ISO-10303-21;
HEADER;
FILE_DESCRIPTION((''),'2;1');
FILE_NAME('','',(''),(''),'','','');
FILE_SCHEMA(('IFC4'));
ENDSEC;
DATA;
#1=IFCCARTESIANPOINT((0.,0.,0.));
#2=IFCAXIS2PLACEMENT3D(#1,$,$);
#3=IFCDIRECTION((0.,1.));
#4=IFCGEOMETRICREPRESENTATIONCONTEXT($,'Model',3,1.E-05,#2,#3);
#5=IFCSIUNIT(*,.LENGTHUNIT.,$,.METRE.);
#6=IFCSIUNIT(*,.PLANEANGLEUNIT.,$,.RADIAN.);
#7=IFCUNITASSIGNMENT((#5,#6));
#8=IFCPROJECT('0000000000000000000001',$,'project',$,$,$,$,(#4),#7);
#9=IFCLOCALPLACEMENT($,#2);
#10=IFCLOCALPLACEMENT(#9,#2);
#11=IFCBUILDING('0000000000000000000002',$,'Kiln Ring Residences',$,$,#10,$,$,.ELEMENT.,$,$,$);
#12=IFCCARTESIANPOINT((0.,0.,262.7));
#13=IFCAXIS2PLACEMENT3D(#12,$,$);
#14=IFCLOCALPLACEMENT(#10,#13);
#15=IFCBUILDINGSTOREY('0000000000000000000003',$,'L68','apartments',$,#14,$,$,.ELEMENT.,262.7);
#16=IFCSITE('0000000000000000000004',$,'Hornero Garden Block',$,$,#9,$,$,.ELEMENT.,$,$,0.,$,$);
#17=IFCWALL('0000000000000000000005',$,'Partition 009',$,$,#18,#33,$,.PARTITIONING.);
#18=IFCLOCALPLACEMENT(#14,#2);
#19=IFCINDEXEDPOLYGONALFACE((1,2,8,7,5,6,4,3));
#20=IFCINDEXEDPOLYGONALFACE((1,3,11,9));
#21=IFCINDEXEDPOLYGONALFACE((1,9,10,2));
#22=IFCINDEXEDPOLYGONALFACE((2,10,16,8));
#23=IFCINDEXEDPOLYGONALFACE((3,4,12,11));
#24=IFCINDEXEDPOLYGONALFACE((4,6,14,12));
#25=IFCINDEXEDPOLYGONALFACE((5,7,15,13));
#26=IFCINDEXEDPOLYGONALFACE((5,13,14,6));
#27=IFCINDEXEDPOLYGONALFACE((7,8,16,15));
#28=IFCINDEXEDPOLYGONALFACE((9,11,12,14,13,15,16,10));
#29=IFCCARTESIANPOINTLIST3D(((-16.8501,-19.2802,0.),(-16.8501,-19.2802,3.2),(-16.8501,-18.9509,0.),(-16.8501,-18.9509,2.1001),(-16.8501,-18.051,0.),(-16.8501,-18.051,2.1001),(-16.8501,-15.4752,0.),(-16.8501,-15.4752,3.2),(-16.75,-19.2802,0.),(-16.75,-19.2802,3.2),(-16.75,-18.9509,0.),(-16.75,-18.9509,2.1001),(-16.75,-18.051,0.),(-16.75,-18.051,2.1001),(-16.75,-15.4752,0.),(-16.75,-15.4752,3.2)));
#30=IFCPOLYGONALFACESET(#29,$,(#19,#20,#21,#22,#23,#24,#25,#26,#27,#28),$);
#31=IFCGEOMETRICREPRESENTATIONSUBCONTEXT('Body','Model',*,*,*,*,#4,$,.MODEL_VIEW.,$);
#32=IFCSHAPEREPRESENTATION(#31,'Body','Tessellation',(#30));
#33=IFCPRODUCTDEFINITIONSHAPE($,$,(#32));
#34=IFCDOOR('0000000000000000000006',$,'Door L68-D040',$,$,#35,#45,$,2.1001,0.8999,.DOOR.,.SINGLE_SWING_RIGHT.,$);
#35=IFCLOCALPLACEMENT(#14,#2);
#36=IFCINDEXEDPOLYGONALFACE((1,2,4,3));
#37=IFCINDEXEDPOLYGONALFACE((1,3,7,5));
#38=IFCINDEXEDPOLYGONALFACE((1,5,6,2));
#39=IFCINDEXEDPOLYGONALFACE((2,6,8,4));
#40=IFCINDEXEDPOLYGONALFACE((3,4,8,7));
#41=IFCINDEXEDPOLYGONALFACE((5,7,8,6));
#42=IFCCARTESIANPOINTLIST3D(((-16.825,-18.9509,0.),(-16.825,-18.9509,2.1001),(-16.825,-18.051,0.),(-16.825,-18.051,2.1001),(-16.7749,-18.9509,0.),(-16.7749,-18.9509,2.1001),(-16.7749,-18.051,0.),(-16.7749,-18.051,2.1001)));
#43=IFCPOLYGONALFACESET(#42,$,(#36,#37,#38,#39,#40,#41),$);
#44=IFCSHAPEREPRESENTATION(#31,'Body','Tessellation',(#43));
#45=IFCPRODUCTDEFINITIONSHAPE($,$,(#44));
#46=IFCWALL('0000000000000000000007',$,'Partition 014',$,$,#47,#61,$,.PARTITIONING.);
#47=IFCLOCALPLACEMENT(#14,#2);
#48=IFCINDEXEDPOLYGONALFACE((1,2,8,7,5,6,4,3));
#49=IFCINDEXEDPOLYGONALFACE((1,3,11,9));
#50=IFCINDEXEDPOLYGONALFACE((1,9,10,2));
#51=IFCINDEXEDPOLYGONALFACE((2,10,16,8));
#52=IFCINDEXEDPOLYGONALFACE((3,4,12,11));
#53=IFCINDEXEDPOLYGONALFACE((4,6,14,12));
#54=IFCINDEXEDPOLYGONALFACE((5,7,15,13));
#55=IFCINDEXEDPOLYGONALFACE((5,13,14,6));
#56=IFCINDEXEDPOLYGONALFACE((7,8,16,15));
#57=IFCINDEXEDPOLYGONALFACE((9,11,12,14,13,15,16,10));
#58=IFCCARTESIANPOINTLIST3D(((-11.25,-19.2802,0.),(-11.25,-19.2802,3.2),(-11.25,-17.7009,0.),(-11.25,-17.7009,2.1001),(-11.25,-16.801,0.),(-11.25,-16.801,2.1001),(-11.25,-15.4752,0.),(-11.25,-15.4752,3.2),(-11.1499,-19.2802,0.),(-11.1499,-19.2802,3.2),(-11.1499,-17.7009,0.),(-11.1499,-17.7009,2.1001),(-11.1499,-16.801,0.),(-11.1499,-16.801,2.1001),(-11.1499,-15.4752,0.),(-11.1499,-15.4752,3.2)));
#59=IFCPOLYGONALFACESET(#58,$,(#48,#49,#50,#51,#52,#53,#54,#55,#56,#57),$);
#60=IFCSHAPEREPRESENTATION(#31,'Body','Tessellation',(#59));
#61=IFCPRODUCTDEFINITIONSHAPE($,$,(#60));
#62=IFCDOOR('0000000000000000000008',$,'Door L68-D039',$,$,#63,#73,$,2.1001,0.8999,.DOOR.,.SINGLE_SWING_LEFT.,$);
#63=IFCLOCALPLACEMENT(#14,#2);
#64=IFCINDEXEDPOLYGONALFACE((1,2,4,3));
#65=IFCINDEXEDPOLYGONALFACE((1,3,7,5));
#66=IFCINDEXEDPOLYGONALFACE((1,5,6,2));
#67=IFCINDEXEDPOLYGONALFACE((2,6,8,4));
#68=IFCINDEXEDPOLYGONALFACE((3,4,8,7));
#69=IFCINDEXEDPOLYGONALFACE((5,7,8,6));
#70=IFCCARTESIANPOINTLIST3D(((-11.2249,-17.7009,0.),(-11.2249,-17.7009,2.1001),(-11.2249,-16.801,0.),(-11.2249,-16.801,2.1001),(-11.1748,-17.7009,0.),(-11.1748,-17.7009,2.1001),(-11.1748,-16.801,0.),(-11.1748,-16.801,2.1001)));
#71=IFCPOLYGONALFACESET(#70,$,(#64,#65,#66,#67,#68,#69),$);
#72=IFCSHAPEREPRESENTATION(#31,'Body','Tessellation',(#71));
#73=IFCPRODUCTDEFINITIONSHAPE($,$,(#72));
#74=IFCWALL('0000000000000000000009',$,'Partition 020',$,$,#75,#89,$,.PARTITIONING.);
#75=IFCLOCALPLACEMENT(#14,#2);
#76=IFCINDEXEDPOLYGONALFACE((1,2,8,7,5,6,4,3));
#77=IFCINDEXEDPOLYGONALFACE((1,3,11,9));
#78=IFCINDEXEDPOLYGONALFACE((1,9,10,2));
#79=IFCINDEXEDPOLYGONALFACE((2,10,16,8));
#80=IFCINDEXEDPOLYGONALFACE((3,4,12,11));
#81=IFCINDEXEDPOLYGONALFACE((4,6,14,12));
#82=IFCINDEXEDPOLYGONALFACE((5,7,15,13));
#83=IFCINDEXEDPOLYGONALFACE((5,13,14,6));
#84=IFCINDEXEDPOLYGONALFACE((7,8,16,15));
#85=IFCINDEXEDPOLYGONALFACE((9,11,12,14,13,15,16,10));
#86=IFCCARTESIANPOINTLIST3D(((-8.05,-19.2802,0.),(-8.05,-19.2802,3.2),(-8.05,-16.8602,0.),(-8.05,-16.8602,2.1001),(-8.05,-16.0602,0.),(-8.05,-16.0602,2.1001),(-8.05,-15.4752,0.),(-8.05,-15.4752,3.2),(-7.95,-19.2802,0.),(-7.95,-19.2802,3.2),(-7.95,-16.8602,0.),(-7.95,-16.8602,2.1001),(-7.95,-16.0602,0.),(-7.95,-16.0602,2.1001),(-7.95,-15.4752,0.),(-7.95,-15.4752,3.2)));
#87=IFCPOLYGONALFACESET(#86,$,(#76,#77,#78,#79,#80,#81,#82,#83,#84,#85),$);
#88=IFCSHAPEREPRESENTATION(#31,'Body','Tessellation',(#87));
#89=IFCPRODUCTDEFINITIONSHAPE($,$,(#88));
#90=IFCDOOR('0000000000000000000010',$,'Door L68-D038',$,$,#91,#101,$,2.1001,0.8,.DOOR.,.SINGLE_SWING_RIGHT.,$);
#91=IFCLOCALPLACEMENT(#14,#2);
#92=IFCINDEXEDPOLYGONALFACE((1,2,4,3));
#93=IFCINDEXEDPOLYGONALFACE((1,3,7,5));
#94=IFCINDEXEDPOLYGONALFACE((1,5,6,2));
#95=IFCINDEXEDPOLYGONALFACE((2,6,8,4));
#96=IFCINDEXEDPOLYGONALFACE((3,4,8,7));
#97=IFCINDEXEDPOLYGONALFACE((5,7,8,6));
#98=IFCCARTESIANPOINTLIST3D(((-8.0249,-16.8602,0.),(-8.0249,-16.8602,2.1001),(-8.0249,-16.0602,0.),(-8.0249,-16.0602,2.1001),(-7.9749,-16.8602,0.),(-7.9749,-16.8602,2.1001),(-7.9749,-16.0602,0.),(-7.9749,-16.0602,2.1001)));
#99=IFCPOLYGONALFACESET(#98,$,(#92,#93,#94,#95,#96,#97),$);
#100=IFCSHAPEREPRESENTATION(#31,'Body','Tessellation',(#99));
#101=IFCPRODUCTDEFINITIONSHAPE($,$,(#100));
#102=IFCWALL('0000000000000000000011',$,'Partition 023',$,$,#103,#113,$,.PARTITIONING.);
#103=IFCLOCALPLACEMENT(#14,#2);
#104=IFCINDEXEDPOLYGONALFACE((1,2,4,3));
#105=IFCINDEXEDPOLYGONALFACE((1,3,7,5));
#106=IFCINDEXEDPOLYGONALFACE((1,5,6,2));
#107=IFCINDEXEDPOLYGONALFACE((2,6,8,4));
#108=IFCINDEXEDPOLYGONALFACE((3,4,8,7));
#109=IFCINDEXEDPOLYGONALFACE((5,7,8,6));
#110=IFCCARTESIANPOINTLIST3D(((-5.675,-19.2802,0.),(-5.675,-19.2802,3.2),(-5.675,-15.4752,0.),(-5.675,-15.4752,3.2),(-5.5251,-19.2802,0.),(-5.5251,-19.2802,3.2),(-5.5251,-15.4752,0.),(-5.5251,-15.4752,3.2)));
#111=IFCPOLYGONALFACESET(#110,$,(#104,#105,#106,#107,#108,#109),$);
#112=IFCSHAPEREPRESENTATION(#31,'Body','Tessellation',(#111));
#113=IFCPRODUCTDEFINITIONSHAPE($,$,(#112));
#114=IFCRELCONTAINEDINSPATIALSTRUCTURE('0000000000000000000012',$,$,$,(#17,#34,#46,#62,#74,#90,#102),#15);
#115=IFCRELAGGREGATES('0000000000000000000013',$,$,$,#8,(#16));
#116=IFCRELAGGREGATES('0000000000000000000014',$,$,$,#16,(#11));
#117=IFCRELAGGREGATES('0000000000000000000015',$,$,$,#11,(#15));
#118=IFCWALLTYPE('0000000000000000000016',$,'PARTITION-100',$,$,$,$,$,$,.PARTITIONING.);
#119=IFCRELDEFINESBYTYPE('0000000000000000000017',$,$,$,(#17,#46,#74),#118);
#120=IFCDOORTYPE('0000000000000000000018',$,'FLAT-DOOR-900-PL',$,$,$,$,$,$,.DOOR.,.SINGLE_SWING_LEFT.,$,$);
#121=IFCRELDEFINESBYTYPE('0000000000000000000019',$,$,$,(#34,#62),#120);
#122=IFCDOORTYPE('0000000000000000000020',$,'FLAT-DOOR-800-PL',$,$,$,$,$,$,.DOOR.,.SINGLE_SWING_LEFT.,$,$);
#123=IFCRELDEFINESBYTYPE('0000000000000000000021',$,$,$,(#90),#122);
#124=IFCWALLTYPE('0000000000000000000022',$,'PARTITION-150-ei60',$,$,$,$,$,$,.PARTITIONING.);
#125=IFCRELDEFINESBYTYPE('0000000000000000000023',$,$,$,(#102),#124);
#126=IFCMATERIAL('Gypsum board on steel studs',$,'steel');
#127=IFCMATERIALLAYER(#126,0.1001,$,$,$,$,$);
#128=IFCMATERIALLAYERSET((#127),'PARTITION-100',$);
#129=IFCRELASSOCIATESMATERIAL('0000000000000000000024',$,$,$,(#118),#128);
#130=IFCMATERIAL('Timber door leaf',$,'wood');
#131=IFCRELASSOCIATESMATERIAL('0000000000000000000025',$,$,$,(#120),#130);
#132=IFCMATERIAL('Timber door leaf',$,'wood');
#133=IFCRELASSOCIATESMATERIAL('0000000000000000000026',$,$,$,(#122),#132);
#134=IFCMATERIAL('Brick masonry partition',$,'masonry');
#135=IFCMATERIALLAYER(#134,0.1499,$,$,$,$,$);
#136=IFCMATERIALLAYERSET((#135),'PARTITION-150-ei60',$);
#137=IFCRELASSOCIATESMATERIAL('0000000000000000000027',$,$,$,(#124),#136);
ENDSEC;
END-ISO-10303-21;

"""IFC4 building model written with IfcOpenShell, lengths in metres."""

from ifc_helpers import new_model, si_unit, direction, frame, frame_2d, origin, place, context, subcontext, project, spatial, rectangle, extrude, material, layer, layer_set, type_object, element, fill, save


model = new_model("IFC4")

# Units and contexts
model_context = context("Model", 3, precision=1e-05, world=origin(), true_north=direction((0.0, 1.0)))
body_context = subcontext(model_context, "Body", "Model", "MODEL_VIEW")
ifc_project = project(units=[si_unit("LENGTHUNIT", "METRE"), si_unit("PLANEANGLEUNIT", "RADIAN")], contexts=[model_context])

# Site, building, storey
site_placement = place(None, origin())
site = spatial("IfcSite", under=ifc_project, at=site_placement, Name="Hornero Garden Block", CompositionType="ELEMENT", RefElevation=0.0)
building_placement = place(site_placement, origin())
building = spatial("IfcBuilding", under=site, at=building_placement, Name="Kiln Ring Residences", CompositionType="ELEMENT")
storey_placement = place(building_placement, frame((0.0, 0.0, 262.7)))
storey = spatial("IfcBuildingStorey", under=building, at=storey_placement, Name="L68", Description="apartments", CompositionType="ELEMENT", Elevation=262.7)

# Walls, openings, doors
ifc_material_1 = material(Name="Gypsum board on steel studs", Category="steel")
ifc_layer_1 = layer(ifc_material_1, 0.1001)
ifc_layer_set_1 = layer_set([ifc_layer_1], Name="PARTITION-100")
wall_type_1 = type_object("IfcWallType", Name="PARTITION-100", PredefinedType="PARTITIONING", material=ifc_layer_set_1)
wall_1_placement = place(storey_placement, frame((-16.8, -19.28, 0.0), z_axis=(0.0, 0.0, 1.0), x_axis=(0.0, 1.0, 0.0)))
wall_1 = element("IfcWall", 1, at=wall_1_placement, inside=storey, type_object=wall_type_1, Name="Partition 009", PredefinedType="PARTITIONING", context=body_context, shape_type="SweptSolid", body=[
    extrude(rectangle(XDim=3.8049, YDim=0.1001, at=frame_2d((1.9023, 0.0))), origin(), (0.0, 0.0, 1.0), 3.2),
])
opening_1_placement = place(wall_1_placement, frame((0.3291, 0.0, 0.0)))
opening_1 = element("IfcOpeningElement", 2, at=opening_1_placement, cuts=wall_1, PredefinedType="OPENING", context=body_context, shape_type="SweptSolid", body=[
    extrude(rectangle(XDim=0.8999, YDim=2.1001, at=frame_2d((0.45, 1.05))), frame((0.0, 0.0601, 0.0), z_axis=(0.0, -1.0, 0.0), x_axis=(1.0, 0.0, 0.0)), (0.0, 0.0, 1.0), 0.1201),
])
ifc_material_2 = material(Name="Timber door leaf", Category="wood")
door_type_1 = type_object("IfcDoorType", Name="FLAT-DOOR-900-PL", OperationType="SINGLE_SWING_LEFT", PredefinedType="DOOR", material=ifc_material_2)
door_1_placement = place(opening_1_placement, origin())
door_1 = element("IfcDoor", 3, at=door_1_placement, inside=storey, type_object=door_type_1, Name="Door L68-D040", OperationType="SINGLE_SWING_RIGHT", OverallHeight=2.1001, OverallWidth=0.8999, PredefinedType="DOOR", context=body_context, shape_type="SweptSolid", body=[
    extrude(rectangle(XDim=0.8999, YDim=2.1001, at=frame_2d((0.45, 1.05))), frame((0.0, 0.0249, 0.0), z_axis=(0.0, -1.0, 0.0), x_axis=(1.0, 0.0, 0.0)), (0.0, 0.0, 1.0), 0.05),
])
fill(opening_1, door_1)
wall_2_placement = place(storey_placement, frame((-11.2, -19.28, 0.0), z_axis=(0.0, 0.0, 1.0), x_axis=(0.0, 1.0, 0.0)))
wall_2 = element("IfcWall", 4, at=wall_2_placement, inside=storey, type_object=wall_type_1, Name="Partition 014", PredefinedType="PARTITIONING", context=body_context, shape_type="SweptSolid", body=[
    extrude(rectangle(XDim=3.8049, YDim=0.1001, at=frame_2d((1.9023, 0.0))), origin(), (0.0, 0.0, 1.0), 3.2),
])
opening_2_placement = place(wall_2_placement, frame((1.5791, 0.0, 0.0)))
opening_2 = element("IfcOpeningElement", 5, at=opening_2_placement, cuts=wall_2, PredefinedType="OPENING", context=body_context, shape_type="SweptSolid", body=[
    extrude(rectangle(XDim=0.8999, YDim=2.1001, at=frame_2d((0.45, 1.05))), frame((0.0, 0.0601, 0.0), z_axis=(0.0, -1.0, 0.0), x_axis=(1.0, 0.0, 0.0)), (0.0, 0.0, 1.0), 0.1201),
])
door_2_placement = place(opening_2_placement, origin())
door_2 = element("IfcDoor", 6, at=door_2_placement, inside=storey, type_object=door_type_1, Name="Door L68-D039", OperationType="SINGLE_SWING_LEFT", OverallHeight=2.1001, OverallWidth=0.8999, PredefinedType="DOOR", context=body_context, shape_type="SweptSolid", body=[
    extrude(rectangle(XDim=0.8999, YDim=2.1001, at=frame_2d((0.45, 1.05))), frame((0.0, 0.0249, 0.0), z_axis=(0.0, -1.0, 0.0), x_axis=(1.0, 0.0, 0.0)), (0.0, 0.0, 1.0), 0.05),
])
fill(opening_2, door_2)
wall_3_placement = place(storey_placement, frame((-8.0, -19.28, 0.0), z_axis=(0.0, 0.0, 1.0), x_axis=(0.0, 1.0, 0.0)))
wall_3 = element("IfcWall", 7, at=wall_3_placement, inside=storey, type_object=wall_type_1, Name="Partition 020", PredefinedType="PARTITIONING", context=body_context, shape_type="SweptSolid", body=[
    extrude(rectangle(XDim=3.8049, YDim=0.1001, at=frame_2d((1.9023, 0.0))), origin(), (0.0, 0.0, 1.0), 3.2),
])
opening_3_placement = place(wall_3_placement, frame((2.4199, 0.0, 0.0)))
opening_3 = element("IfcOpeningElement", 8, at=opening_3_placement, cuts=wall_3, PredefinedType="OPENING", context=body_context, shape_type="SweptSolid", body=[
    extrude(rectangle(XDim=0.8, YDim=2.1001, at=frame_2d((0.3999, 1.05))), frame((0.0, 0.0601, 0.0), z_axis=(0.0, -1.0, 0.0), x_axis=(1.0, 0.0, 0.0)), (0.0, 0.0, 1.0), 0.1201),
])
ifc_material_3 = material(Name="Timber door leaf", Category="wood")
door_type_2 = type_object("IfcDoorType", Name="FLAT-DOOR-800-PL", OperationType="SINGLE_SWING_LEFT", PredefinedType="DOOR", material=ifc_material_3)
door_3_placement = place(opening_3_placement, origin())
door_3 = element("IfcDoor", 9, at=door_3_placement, inside=storey, type_object=door_type_2, Name="Door L68-D038", OperationType="SINGLE_SWING_RIGHT", OverallHeight=2.1001, OverallWidth=0.8, PredefinedType="DOOR", context=body_context, shape_type="SweptSolid", body=[
    extrude(rectangle(XDim=0.8, YDim=2.1001, at=frame_2d((0.3999, 1.05))), frame((0.0, 0.0249, 0.0), z_axis=(0.0, -1.0, 0.0), x_axis=(1.0, 0.0, 0.0)), (0.0, 0.0, 1.0), 0.05),
])
fill(opening_3, door_3)

# Wall
ifc_material_4 = material(Name="Brick masonry partition", Category="masonry")
ifc_layer_2 = layer(ifc_material_4, 0.1499)
ifc_layer_set_2 = layer_set([ifc_layer_2], Name="PARTITION-150-ei60")
wall_type_2 = type_object("IfcWallType", Name="PARTITION-150-ei60", PredefinedType="PARTITIONING", material=ifc_layer_set_2)
wall_4_placement = place(storey_placement, frame((-5.6001, -19.28, 0.0), z_axis=(0.0, 0.0, 1.0), x_axis=(0.0, 1.0, 0.0)))
element("IfcWall", 10, at=wall_4_placement, inside=storey, type_object=wall_type_2, Name="Partition 023", PredefinedType="PARTITIONING", context=body_context, shape_type="SweptSolid", body=[
    extrude(rectangle(XDim=3.8049, YDim=0.1499, at=frame_2d((1.9023, 0.0))), origin(), (0.0, 0.0, 1.0), 3.2),
])

save(model, "model.ifc")
